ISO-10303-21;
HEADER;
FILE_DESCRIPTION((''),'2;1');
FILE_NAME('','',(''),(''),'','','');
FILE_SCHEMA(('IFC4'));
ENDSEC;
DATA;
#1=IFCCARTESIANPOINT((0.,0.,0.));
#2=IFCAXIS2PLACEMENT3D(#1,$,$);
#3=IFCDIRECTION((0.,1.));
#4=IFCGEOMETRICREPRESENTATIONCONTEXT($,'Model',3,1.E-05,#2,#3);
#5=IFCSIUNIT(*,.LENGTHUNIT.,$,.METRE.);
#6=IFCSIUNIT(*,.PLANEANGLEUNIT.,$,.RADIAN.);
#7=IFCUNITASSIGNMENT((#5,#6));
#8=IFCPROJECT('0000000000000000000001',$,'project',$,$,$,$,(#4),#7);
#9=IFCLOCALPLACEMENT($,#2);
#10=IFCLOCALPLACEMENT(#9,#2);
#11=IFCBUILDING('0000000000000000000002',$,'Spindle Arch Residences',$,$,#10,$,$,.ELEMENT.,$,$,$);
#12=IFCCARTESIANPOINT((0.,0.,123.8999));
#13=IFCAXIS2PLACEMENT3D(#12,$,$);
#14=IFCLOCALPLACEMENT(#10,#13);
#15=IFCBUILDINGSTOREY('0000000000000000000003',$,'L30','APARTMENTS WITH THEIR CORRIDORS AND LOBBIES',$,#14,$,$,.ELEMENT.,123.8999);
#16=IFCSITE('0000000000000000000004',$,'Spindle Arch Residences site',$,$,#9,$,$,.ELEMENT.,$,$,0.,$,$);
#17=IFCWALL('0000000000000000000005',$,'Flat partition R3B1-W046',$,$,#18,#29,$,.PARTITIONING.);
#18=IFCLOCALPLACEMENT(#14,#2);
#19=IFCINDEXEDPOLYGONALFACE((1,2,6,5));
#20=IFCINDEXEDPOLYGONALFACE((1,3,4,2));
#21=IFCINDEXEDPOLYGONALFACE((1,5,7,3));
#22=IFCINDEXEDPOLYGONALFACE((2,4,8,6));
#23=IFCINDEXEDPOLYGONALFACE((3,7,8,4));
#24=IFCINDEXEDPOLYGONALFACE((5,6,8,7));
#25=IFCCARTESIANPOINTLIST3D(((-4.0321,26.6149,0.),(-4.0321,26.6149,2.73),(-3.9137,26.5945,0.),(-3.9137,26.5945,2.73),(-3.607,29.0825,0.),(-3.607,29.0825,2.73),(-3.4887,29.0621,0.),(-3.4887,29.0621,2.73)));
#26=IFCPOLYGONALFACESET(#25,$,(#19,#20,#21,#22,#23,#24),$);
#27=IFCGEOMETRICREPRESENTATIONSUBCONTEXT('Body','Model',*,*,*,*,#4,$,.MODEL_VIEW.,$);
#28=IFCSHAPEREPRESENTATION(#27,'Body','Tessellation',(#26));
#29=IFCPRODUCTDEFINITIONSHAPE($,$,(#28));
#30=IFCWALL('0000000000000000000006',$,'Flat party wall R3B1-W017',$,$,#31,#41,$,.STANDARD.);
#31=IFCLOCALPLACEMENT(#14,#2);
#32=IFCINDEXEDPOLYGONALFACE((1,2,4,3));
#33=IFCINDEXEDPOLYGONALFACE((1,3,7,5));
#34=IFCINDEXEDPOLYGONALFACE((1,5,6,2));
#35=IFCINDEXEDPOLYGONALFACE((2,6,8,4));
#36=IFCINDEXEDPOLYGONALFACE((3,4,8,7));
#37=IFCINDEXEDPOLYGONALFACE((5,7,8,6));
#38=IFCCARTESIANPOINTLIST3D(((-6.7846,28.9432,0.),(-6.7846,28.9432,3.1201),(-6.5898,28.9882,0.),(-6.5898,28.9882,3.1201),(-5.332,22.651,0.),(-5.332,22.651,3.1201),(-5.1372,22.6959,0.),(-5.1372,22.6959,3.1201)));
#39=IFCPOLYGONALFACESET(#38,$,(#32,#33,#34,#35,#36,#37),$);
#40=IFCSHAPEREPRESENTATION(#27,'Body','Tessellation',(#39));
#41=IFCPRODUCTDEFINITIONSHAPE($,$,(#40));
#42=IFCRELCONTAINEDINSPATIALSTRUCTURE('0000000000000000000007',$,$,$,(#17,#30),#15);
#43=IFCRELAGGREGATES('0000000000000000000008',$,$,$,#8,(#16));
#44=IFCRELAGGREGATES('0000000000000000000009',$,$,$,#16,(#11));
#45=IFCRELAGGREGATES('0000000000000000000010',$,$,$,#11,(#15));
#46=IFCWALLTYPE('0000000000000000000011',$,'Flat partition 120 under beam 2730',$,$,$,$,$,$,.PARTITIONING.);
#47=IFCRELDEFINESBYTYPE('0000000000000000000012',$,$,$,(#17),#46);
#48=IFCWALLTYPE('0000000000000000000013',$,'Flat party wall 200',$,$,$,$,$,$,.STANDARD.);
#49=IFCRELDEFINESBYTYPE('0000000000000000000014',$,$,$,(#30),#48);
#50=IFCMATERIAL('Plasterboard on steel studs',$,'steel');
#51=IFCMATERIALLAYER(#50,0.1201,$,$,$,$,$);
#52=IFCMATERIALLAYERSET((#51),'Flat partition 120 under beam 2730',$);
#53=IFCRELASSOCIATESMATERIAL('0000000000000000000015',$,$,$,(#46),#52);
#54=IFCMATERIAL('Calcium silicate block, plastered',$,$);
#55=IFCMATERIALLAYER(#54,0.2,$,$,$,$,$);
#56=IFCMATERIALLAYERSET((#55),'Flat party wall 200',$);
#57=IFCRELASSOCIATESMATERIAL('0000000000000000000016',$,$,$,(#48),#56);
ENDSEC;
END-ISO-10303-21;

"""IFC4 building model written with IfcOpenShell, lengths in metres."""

from ifc_helpers import new_model, si_unit, direction, frame, frame_2d, origin, place, context, subcontext, project, spatial, rectangle, extrude, material, layer, layer_set, type_object, element, save


model = new_model("IFC4")

# Units and contexts
model_context = context("Model", 3, precision=1e-05, world=origin(), true_north=direction((0.0, 1.0)))
body_context = subcontext(model_context, "Body", "Model", "MODEL_VIEW")
ifc_project = project(units=[si_unit("LENGTHUNIT", "METRE"), si_unit("PLANEANGLEUNIT", "RADIAN")], contexts=[model_context])

# Site, building, storey
site_placement = place(None, origin())
site = spatial("IfcSite", under=ifc_project, at=site_placement, Name="Spindle Arch Residences site", CompositionType="ELEMENT", RefElevation=0.0)
building_placement = place(site_placement, origin())
building = spatial("IfcBuilding", under=site, at=building_placement, Name="Spindle Arch Residences", CompositionType="ELEMENT")
storey_placement = place(building_placement, frame((0.0, 0.0, 123.8999)))
storey = spatial("IfcBuildingStorey", under=building, at=storey_placement, Name="L30", Description="APARTMENTS WITH THEIR CORRIDORS AND LOBBIES", CompositionType="ELEMENT", Elevation=123.8999)

# Walls
ifc_material_1 = material(Name="Plasterboard on steel studs", Category="steel")
ifc_layer_1 = layer(ifc_material_1, 0.1201)
ifc_layer_set_1 = layer_set([ifc_layer_1], Name="Flat partition 120 under beam 2730")
wall_type_1 = type_object("IfcWallType", Name="Flat partition 120 under beam 2730", PredefinedType="PARTITIONING", material=ifc_layer_set_1)
wall_1_placement = place(storey_placement, frame((-3.5479, 29.0723, 0.0), z_axis=(0.0, 0.0, 1.0), x_axis=(-0.169757, -0.985486, 0.0)))
element("IfcWall", 1, at=wall_1_placement, inside=storey, type_object=wall_type_1, Name="Flat partition R3B1-W046", PredefinedType="PARTITIONING", context=body_context, shape_type="SweptSolid", body=[
    extrude(rectangle(XDim=2.5039, YDim=0.1201, at=frame_2d((1.252, 0.0))), origin(), (0.0, 0.0, 1.0), 2.73),
])
ifc_material_2 = material(Name="Calcium silicate block, plastered")
ifc_layer_2 = layer(ifc_material_2, 0.2)
ifc_layer_set_2 = layer_set([ifc_layer_2], Name="Flat party wall 200")
wall_type_2 = type_object("IfcWallType", Name="Flat party wall 200", PredefinedType="STANDARD", material=ifc_layer_set_2)
wall_2_placement = place(storey_placement, frame((-6.6873, 28.9658, 0.0), z_axis=(0.0, 0.0, 1.0), x_axis=(0.224945, -0.974371, 0.0)))
element("IfcWall", 2, at=wall_2_placement, inside=storey, type_object=wall_type_2, Name="Flat party wall R3B1-W017", PredefinedType="STANDARD", context=body_context, shape_type="SweptSolid", body=[
    extrude(rectangle(XDim=6.4578, YDim=0.2, at=frame_2d((3.229, 0.0))), origin(), (0.0, 0.0, 1.0), 3.1201),
])

save(model, "model.ifc")
